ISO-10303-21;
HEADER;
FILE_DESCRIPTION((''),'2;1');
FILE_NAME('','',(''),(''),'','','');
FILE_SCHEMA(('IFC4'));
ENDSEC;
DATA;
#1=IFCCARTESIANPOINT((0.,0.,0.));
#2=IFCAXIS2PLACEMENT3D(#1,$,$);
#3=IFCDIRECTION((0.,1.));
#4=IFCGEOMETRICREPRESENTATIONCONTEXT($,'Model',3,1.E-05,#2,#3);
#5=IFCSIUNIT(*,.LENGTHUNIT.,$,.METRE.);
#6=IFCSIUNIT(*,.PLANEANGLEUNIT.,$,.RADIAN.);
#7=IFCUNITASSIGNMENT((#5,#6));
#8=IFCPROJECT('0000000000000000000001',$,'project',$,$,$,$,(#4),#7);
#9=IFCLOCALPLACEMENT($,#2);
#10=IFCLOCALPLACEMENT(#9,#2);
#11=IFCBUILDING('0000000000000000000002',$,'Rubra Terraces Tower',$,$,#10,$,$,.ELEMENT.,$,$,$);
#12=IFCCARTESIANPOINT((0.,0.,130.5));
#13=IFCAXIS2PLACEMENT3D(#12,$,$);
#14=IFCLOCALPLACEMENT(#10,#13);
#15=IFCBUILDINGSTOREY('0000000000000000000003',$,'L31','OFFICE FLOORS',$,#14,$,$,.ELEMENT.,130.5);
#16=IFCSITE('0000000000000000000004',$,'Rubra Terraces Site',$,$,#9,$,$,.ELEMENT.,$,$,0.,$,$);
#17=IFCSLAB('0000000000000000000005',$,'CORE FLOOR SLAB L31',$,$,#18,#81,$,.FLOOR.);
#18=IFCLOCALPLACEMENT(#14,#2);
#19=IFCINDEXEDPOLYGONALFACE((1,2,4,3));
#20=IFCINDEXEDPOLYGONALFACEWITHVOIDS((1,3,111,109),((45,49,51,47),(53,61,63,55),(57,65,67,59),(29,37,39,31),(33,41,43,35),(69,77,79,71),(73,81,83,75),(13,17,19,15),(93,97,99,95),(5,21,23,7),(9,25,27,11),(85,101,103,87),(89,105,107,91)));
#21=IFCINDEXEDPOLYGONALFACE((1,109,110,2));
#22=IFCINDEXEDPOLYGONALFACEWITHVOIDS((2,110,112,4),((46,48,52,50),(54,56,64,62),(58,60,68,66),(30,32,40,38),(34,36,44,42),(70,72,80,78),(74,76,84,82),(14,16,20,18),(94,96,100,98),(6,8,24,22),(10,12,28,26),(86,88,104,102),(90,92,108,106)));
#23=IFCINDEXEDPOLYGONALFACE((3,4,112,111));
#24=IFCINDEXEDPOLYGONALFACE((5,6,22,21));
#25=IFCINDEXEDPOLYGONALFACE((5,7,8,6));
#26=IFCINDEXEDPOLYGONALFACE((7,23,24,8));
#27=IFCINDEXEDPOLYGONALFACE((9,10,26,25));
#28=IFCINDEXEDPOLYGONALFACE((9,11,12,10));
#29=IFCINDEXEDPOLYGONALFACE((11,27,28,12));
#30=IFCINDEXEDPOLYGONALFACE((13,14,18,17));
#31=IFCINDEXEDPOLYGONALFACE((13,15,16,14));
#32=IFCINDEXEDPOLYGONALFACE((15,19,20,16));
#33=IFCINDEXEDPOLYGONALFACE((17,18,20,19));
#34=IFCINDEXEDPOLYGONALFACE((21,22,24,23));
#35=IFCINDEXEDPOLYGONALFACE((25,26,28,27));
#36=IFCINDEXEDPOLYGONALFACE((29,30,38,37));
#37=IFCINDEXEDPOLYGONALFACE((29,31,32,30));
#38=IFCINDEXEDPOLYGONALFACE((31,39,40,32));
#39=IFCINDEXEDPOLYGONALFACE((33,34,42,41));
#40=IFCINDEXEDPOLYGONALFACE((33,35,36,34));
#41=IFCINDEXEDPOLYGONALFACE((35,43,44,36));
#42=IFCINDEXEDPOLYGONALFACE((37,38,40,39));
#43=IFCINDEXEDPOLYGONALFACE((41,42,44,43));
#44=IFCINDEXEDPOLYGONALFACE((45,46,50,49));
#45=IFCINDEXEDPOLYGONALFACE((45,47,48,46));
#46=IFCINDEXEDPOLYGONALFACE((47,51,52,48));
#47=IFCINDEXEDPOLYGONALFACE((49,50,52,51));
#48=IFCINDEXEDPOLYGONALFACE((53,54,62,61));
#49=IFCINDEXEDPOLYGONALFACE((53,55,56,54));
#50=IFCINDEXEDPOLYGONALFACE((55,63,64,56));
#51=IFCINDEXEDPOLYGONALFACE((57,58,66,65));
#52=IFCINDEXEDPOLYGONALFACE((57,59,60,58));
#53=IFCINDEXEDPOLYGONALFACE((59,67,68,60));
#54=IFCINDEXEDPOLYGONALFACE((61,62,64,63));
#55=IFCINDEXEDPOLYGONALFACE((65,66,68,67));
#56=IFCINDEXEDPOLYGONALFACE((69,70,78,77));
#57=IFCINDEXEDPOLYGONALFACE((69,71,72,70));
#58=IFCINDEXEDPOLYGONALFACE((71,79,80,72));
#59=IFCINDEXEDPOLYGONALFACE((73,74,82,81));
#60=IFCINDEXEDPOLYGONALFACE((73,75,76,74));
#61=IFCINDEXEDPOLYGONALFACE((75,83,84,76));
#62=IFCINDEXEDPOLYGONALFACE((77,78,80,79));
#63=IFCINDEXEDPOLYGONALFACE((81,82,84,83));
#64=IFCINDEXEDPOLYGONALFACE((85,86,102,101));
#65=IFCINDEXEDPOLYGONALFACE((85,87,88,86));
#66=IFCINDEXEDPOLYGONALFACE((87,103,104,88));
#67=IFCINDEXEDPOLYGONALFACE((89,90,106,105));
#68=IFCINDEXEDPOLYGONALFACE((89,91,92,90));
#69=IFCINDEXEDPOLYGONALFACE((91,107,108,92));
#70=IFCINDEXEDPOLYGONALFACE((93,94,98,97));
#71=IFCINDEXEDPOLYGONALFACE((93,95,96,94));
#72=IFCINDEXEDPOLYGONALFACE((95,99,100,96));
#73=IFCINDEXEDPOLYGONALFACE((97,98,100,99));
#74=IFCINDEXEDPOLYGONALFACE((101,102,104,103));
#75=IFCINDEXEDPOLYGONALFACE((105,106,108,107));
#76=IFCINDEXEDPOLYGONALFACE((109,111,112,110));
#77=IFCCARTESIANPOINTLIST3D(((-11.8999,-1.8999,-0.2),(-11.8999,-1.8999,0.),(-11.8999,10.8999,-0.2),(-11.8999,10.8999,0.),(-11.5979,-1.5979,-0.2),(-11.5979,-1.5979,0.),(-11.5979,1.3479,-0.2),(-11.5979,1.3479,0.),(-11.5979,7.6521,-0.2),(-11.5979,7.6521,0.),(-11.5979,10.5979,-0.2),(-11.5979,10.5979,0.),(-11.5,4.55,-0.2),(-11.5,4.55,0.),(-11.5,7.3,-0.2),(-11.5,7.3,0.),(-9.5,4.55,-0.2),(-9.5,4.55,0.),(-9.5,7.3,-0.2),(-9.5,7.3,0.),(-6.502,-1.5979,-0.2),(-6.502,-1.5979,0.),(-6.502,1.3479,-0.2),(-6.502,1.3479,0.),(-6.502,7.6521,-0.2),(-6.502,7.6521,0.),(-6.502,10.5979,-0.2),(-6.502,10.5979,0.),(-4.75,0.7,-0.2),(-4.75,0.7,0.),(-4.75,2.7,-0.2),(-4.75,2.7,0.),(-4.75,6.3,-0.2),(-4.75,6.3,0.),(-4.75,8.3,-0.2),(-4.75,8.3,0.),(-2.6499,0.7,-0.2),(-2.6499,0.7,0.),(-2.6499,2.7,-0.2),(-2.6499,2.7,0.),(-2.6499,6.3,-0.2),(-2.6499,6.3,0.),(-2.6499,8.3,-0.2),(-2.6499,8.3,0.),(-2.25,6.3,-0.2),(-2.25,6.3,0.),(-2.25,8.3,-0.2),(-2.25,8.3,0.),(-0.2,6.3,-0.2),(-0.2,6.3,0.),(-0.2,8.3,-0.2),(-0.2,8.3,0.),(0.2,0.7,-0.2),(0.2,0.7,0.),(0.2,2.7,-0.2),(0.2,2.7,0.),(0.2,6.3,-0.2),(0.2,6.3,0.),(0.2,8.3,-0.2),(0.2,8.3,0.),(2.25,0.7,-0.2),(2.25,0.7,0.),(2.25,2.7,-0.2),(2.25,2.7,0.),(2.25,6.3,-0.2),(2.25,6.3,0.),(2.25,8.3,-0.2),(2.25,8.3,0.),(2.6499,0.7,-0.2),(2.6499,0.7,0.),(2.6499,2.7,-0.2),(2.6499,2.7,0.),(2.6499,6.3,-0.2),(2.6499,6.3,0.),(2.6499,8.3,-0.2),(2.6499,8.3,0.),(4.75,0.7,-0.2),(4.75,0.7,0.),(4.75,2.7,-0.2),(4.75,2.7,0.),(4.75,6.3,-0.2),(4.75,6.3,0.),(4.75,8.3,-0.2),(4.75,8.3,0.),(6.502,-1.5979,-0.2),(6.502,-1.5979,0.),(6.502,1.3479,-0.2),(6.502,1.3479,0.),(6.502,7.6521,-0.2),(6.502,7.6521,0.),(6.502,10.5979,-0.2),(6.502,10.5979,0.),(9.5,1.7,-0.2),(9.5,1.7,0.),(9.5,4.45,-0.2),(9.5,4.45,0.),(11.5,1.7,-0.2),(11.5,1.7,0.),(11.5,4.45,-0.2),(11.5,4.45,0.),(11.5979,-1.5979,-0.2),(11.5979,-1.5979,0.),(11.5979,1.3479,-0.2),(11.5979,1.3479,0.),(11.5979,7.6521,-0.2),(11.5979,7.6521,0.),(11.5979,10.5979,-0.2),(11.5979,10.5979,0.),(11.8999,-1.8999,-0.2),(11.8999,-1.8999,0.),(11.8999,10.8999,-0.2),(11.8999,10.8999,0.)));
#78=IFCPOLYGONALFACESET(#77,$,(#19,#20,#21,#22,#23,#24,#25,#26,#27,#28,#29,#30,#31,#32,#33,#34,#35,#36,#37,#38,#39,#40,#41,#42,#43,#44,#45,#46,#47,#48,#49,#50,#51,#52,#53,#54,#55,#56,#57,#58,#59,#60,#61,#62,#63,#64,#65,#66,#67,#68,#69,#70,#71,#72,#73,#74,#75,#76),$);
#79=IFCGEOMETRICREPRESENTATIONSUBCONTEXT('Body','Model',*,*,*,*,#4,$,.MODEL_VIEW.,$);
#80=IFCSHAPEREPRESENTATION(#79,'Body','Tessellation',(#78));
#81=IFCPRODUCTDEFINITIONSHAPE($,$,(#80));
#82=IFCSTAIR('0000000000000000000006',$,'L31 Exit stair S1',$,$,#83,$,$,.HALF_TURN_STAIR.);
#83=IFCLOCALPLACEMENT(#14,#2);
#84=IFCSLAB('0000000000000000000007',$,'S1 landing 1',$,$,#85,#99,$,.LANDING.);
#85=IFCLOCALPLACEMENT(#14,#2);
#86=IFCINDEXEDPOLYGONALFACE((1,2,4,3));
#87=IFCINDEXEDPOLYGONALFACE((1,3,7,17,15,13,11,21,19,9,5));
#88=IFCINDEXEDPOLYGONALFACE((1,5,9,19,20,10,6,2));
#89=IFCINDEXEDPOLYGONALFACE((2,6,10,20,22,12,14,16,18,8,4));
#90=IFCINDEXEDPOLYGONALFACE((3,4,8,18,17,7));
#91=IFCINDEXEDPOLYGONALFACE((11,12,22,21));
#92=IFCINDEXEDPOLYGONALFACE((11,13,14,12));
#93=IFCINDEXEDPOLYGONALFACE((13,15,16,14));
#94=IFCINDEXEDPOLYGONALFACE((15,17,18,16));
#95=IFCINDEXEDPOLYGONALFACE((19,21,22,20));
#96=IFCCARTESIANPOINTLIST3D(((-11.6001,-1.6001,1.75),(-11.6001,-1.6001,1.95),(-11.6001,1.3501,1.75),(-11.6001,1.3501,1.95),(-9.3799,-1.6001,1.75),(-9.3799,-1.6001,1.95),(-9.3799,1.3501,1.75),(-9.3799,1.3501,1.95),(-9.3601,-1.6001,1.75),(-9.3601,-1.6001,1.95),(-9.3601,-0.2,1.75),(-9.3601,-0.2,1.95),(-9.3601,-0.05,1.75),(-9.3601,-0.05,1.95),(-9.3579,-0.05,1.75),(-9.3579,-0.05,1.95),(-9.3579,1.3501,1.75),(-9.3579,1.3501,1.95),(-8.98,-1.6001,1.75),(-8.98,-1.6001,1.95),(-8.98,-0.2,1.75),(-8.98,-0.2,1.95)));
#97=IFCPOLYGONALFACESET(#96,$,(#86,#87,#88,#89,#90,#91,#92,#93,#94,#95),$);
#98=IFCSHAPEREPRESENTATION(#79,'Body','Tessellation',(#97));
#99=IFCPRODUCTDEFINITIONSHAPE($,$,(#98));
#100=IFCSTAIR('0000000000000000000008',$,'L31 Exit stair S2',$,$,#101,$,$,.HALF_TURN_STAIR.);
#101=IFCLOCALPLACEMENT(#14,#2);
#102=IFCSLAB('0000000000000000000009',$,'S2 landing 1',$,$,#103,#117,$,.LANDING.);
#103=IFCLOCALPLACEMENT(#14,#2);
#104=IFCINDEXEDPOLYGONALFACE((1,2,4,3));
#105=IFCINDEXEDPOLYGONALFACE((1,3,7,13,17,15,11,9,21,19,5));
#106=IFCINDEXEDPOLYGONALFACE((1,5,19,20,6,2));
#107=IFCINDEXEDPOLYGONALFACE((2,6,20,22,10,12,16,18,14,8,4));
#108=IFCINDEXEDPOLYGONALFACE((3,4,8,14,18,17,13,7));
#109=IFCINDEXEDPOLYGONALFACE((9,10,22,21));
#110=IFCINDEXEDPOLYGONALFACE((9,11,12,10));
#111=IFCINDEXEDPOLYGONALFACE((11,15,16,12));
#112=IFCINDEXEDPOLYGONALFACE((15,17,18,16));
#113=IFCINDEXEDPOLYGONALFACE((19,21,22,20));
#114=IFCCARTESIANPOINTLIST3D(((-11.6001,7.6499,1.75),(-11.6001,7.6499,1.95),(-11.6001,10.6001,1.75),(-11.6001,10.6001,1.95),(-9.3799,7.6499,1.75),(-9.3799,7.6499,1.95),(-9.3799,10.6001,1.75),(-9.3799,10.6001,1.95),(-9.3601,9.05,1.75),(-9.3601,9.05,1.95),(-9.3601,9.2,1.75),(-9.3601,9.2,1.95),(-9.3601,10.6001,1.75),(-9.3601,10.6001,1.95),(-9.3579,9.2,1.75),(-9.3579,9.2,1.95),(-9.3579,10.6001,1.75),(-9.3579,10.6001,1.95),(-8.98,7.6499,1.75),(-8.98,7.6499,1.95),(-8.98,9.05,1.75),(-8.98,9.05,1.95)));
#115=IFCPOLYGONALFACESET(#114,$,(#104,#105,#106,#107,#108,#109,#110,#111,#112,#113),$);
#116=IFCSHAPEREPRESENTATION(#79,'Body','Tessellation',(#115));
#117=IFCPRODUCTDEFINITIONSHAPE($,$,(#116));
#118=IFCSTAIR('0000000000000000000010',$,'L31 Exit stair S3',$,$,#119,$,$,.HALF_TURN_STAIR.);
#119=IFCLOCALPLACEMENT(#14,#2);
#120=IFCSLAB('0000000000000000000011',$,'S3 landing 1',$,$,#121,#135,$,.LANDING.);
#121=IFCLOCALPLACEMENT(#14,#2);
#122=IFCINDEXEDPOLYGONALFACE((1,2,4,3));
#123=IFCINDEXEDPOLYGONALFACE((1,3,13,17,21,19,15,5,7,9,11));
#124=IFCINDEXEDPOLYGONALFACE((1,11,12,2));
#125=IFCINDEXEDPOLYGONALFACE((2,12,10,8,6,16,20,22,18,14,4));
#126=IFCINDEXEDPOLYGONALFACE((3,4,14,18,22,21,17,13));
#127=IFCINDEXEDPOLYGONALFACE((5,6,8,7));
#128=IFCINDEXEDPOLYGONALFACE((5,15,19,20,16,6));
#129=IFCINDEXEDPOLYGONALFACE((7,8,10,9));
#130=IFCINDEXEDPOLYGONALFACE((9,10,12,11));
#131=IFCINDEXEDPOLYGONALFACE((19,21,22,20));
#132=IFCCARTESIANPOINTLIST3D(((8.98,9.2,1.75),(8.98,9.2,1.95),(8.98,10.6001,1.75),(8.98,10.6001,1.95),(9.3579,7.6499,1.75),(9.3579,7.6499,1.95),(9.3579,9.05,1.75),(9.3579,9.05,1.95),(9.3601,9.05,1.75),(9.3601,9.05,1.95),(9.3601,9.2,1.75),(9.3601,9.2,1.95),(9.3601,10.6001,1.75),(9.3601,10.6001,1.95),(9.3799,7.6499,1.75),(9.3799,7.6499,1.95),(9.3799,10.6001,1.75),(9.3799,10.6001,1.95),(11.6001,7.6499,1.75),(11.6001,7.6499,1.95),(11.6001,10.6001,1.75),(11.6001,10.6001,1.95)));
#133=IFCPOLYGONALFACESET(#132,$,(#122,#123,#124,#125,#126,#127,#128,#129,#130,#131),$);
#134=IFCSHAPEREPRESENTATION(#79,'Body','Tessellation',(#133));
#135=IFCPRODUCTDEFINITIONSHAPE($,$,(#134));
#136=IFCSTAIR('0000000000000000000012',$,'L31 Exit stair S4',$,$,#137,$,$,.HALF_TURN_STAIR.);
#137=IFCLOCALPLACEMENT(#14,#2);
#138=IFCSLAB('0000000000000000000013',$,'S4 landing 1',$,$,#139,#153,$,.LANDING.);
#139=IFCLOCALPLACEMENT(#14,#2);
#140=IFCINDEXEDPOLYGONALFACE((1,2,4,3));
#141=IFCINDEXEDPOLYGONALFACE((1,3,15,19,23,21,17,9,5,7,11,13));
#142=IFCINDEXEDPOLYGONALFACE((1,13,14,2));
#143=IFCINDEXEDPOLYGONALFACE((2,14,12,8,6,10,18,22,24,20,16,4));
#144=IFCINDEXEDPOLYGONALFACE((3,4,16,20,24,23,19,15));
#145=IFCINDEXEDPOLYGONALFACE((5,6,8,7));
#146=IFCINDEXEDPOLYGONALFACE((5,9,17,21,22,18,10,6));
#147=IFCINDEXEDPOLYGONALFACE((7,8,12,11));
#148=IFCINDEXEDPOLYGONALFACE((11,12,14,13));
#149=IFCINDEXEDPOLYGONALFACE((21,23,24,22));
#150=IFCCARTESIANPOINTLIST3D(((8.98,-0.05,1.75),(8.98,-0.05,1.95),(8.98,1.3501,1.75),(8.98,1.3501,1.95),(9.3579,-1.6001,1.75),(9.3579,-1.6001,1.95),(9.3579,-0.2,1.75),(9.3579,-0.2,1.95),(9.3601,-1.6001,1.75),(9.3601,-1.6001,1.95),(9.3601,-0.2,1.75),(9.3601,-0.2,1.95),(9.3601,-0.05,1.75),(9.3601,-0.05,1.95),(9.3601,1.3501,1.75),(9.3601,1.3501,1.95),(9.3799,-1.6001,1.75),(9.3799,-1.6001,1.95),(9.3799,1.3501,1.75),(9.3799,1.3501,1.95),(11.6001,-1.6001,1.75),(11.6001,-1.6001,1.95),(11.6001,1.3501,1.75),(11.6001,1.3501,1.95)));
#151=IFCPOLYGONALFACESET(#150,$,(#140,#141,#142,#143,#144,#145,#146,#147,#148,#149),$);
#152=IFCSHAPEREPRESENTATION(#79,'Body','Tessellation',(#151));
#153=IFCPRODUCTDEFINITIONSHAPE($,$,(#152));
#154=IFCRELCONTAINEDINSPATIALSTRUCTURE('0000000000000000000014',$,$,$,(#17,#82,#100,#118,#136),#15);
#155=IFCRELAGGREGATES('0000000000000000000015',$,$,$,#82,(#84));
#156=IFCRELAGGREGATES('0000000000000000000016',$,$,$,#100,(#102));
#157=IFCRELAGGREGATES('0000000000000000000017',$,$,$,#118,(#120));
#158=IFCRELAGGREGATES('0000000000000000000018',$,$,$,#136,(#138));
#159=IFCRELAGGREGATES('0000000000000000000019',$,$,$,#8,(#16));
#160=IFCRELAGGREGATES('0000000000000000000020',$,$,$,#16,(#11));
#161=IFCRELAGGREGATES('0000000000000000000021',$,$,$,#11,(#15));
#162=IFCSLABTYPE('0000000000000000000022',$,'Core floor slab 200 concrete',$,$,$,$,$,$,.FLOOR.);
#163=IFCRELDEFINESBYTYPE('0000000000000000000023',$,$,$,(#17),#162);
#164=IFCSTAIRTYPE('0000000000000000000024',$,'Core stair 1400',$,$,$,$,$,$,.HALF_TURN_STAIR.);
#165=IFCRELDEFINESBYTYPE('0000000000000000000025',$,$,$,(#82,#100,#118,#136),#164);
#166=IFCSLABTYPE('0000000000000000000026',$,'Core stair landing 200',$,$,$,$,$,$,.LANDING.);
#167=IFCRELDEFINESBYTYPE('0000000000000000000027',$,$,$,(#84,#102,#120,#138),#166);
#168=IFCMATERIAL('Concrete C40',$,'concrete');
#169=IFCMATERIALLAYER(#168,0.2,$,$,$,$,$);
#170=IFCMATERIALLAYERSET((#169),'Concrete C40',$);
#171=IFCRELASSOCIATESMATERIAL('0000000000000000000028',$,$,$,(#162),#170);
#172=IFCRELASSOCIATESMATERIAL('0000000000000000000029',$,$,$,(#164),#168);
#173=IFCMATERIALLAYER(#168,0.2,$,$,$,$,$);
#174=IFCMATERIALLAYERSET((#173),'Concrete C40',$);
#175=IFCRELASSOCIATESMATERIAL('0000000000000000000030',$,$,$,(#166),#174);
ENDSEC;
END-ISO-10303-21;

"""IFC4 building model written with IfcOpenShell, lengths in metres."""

from ifc_helpers import new_model, si_unit, direction, frame, origin, place, context, subcontext, project, spatial, polyline, outline, extrude, material, layer, layer_set, type_object, element, aggregate, save


model = new_model("IFC4")

# Units and contexts
model_context = context("Model", 3, precision=1e-05, world=origin(), true_north=direction((0.0, 1.0)))
body_context = subcontext(model_context, "Body", "Model", "MODEL_VIEW")
ifc_project = project(units=[si_unit("LENGTHUNIT", "METRE"), si_unit("PLANEANGLEUNIT", "RADIAN")], contexts=[model_context])

# Site, building, storey
site_placement = place(None, origin())
site = spatial("IfcSite", under=ifc_project, at=site_placement, Name="Rubra Terraces Site", CompositionType="ELEMENT", RefElevation=0.0)
building_placement = place(site_placement, origin())
building = spatial("IfcBuilding", under=site, at=building_placement, Name="Rubra Terraces Tower", CompositionType="ELEMENT")
storey_placement = place(building_placement, frame((0.0, 0.0, 130.5)))
storey = spatial("IfcBuildingStorey", under=building, at=storey_placement, Name="L31", Description="OFFICE FLOORS", CompositionType="ELEMENT", Elevation=130.5)

# Slab
ifc_material_1 = material(Name="Concrete C40", Category="concrete")
ifc_layer_1 = layer(ifc_material_1, 0.2)
ifc_layer_set_1 = layer_set([ifc_layer_1], Name="Concrete C40")
slab_type_1 = type_object("IfcSlabType", Name="Core floor slab 200 concrete", PredefinedType="FLOOR", material=ifc_layer_set_1)
slab_1_placement = place(storey_placement, frame((0.0, 0.0, -0.2)))
element("IfcSlab", 1, at=slab_1_placement, inside=storey, type_object=slab_type_1, Name="CORE FLOOR SLAB L31", PredefinedType="FLOOR", context=body_context, shape_type="SweptSolid", body=[
    extrude(outline(polyline([(-11.8999, -1.8999), (-11.8999, 10.8999), (11.8999, 10.8999), (11.8999, -1.8999), (-11.8999, -1.8999)]), holes=[polyline([(11.5979, -1.5979), (11.5979, 1.3479), (6.502, 1.3479), (6.502, -1.5979), (11.5979, -1.5979)]), polyline([(11.5979, 7.6521), (11.5979, 10.5979), (6.502, 10.5979), (6.502, 7.6521), (11.5979, 7.6521)]), polyline([(9.5, 1.7), (11.5, 1.7), (11.5, 4.45), (9.5, 4.45), (9.5, 1.7)]), polyline([(4.75, 0.7), (4.75, 2.7), (2.6499, 2.7), (2.6499, 0.7), (4.75, 0.7)]), polyline([(4.75, 6.3), (4.75, 8.3), (2.6499, 8.3), (2.6499, 6.3), (4.75, 6.3)]), polyline([(2.25, 0.7), (2.25, 2.7), (0.2, 2.7), (0.2, 0.7), (2.25, 0.7)]), polyline([(2.25, 6.3), (2.25, 8.3), (0.2, 8.3), (0.2, 6.3), (2.25, 6.3)]), polyline([(-0.2, 6.3), (-0.2, 8.3), (-2.25, 8.3), (-2.25, 6.3), (-0.2, 6.3)]), polyline([(-2.6499, 0.7), (-2.6499, 2.7), (-4.75, 2.7), (-4.75, 0.7), (-2.6499, 0.7)]), polyline([(-2.6499, 8.3), (-4.75, 8.3), (-4.75, 6.3), (-2.6499, 6.3), (-2.6499, 8.3)]), polyline([(-11.5979, -1.5979), (-6.502, -1.5979), (-6.502, 1.3479), (-11.5979, 1.3479), (-11.5979, -1.5979)]), polyline([(-11.5979, 7.6521), (-6.502, 7.6521), (-6.502, 10.5979), (-11.5979, 10.5979), (-11.5979, 7.6521)]), polyline([(-9.5, 7.3), (-11.5, 7.3), (-11.5, 4.55), (-9.5, 4.55), (-9.5, 7.3)])]), origin(), (0.0, 0.0, 1.0), 0.2),
])

# Stairs, slabs
stair_type = type_object("IfcStairType", Name="Core stair 1400", PredefinedType="HALF_TURN_STAIR", material=ifc_material_1)
stair_1_placement = place(storey_placement, origin())
stair_1 = element("IfcStair", 2, at=stair_1_placement, inside=storey, type_object=stair_type, Name="L31 Exit stair S1", PredefinedType="HALF_TURN_STAIR")
ifc_layer_2 = layer(ifc_material_1, 0.2)
ifc_layer_set_2 = layer_set([ifc_layer_2], Name="Concrete C40")
slab_type_2 = type_object("IfcSlabType", Name="Core stair landing 200", PredefinedType="LANDING", material=ifc_layer_set_2)
slab_2_placement = place(storey_placement, frame((0.0, 0.0, 1.75)))
slab_2 = element("IfcSlab", 3, at=slab_2_placement, type_object=slab_type_2, Name="S1 landing 1", PredefinedType="LANDING", context=body_context, shape_type="SweptSolid", body=[
    extrude(outline(polyline([(-8.98, -0.2), (-8.98, -1.6001), (-9.3601, -1.6001), (-9.3799, -1.6001), (-11.6001, -1.6001), (-11.6001, 1.3501), (-9.3799, 1.3501), (-9.3579, 1.3501), (-9.3579, -0.05), (-9.3601, -0.05), (-9.3601, -0.2), (-8.98, -0.2)])), origin(), (0.0, 0.0, 1.0), 0.2),
])
aggregate(stair_1, [slab_2])
stair_2_placement = place(storey_placement, origin())
stair_2 = element("IfcStair", 4, at=stair_2_placement, inside=storey, type_object=stair_type, Name="L31 Exit stair S2", PredefinedType="HALF_TURN_STAIR")
slab_3_placement = place(storey_placement, frame((0.0, 0.0, 1.75)))
slab_3 = element("IfcSlab", 5, at=slab_3_placement, type_object=slab_type_2, Name="S2 landing 1", PredefinedType="LANDING", context=body_context, shape_type="SweptSolid", body=[
    extrude(outline(polyline([(-8.98, 9.05), (-8.98, 7.6499), (-9.3799, 7.6499), (-11.6001, 7.6499), (-11.6001, 10.6001), (-9.3799, 10.6001), (-9.3601, 10.6001), (-9.3579, 10.6001), (-9.3579, 9.2), (-9.3601, 9.2), (-9.3601, 9.05), (-8.98, 9.05)])), origin(), (0.0, 0.0, 1.0), 0.2),
])
aggregate(stair_2, [slab_3])
stair_3_placement = place(storey_placement, origin())
stair_3 = element("IfcStair", 6, at=stair_3_placement, inside=storey, type_object=stair_type, Name="L31 Exit stair S3", PredefinedType="HALF_TURN_STAIR")
slab_4_placement = place(storey_placement, frame((0.0, 0.0, 1.75)))
slab_4 = element("IfcSlab", 7, at=slab_4_placement, type_object=slab_type_2, Name="S3 landing 1", PredefinedType="LANDING", context=body_context, shape_type="SweptSolid", body=[
    extrude(outline(polyline([(9.3601, 9.05), (9.3601, 9.2), (8.98, 9.2), (8.98, 10.6001), (9.3601, 10.6001), (9.3799, 10.6001), (11.6001, 10.6001), (11.6001, 7.6499), (9.3799, 7.6499), (9.3579, 7.6499), (9.3579, 9.05), (9.3601, 9.05)])), origin(), (0.0, 0.0, 1.0), 0.2),
])
aggregate(stair_3, [slab_4])
stair_4_placement = place(storey_placement, origin())
stair_4 = element("IfcStair", 8, at=stair_4_placement, inside=storey, type_object=stair_type, Name="L31 Exit stair S4", PredefinedType="HALF_TURN_STAIR")
slab_5_placement = place(storey_placement, frame((0.0, 0.0, 1.75)))
slab_5 = element("IfcSlab", 9, at=slab_5_placement, type_object=slab_type_2, Name="S4 landing 1", PredefinedType="LANDING", context=body_context, shape_type="SweptSolid", body=[
    extrude(outline(polyline([(9.3601, -0.2), (9.3601, -0.05), (8.98, -0.05), (8.98, 1.3501), (9.3601, 1.3501), (9.3799, 1.3501), (11.6001, 1.3501), (11.6001, -1.6001), (9.3799, -1.6001), (9.3601, -1.6001), (9.3579, -1.6001), (9.3579, -0.2), (9.3601, -0.2)])), origin(), (0.0, 0.0, 1.0), 0.2),
])

aggregate(stair_4, [slab_5])

save(model, "model.ifc")
